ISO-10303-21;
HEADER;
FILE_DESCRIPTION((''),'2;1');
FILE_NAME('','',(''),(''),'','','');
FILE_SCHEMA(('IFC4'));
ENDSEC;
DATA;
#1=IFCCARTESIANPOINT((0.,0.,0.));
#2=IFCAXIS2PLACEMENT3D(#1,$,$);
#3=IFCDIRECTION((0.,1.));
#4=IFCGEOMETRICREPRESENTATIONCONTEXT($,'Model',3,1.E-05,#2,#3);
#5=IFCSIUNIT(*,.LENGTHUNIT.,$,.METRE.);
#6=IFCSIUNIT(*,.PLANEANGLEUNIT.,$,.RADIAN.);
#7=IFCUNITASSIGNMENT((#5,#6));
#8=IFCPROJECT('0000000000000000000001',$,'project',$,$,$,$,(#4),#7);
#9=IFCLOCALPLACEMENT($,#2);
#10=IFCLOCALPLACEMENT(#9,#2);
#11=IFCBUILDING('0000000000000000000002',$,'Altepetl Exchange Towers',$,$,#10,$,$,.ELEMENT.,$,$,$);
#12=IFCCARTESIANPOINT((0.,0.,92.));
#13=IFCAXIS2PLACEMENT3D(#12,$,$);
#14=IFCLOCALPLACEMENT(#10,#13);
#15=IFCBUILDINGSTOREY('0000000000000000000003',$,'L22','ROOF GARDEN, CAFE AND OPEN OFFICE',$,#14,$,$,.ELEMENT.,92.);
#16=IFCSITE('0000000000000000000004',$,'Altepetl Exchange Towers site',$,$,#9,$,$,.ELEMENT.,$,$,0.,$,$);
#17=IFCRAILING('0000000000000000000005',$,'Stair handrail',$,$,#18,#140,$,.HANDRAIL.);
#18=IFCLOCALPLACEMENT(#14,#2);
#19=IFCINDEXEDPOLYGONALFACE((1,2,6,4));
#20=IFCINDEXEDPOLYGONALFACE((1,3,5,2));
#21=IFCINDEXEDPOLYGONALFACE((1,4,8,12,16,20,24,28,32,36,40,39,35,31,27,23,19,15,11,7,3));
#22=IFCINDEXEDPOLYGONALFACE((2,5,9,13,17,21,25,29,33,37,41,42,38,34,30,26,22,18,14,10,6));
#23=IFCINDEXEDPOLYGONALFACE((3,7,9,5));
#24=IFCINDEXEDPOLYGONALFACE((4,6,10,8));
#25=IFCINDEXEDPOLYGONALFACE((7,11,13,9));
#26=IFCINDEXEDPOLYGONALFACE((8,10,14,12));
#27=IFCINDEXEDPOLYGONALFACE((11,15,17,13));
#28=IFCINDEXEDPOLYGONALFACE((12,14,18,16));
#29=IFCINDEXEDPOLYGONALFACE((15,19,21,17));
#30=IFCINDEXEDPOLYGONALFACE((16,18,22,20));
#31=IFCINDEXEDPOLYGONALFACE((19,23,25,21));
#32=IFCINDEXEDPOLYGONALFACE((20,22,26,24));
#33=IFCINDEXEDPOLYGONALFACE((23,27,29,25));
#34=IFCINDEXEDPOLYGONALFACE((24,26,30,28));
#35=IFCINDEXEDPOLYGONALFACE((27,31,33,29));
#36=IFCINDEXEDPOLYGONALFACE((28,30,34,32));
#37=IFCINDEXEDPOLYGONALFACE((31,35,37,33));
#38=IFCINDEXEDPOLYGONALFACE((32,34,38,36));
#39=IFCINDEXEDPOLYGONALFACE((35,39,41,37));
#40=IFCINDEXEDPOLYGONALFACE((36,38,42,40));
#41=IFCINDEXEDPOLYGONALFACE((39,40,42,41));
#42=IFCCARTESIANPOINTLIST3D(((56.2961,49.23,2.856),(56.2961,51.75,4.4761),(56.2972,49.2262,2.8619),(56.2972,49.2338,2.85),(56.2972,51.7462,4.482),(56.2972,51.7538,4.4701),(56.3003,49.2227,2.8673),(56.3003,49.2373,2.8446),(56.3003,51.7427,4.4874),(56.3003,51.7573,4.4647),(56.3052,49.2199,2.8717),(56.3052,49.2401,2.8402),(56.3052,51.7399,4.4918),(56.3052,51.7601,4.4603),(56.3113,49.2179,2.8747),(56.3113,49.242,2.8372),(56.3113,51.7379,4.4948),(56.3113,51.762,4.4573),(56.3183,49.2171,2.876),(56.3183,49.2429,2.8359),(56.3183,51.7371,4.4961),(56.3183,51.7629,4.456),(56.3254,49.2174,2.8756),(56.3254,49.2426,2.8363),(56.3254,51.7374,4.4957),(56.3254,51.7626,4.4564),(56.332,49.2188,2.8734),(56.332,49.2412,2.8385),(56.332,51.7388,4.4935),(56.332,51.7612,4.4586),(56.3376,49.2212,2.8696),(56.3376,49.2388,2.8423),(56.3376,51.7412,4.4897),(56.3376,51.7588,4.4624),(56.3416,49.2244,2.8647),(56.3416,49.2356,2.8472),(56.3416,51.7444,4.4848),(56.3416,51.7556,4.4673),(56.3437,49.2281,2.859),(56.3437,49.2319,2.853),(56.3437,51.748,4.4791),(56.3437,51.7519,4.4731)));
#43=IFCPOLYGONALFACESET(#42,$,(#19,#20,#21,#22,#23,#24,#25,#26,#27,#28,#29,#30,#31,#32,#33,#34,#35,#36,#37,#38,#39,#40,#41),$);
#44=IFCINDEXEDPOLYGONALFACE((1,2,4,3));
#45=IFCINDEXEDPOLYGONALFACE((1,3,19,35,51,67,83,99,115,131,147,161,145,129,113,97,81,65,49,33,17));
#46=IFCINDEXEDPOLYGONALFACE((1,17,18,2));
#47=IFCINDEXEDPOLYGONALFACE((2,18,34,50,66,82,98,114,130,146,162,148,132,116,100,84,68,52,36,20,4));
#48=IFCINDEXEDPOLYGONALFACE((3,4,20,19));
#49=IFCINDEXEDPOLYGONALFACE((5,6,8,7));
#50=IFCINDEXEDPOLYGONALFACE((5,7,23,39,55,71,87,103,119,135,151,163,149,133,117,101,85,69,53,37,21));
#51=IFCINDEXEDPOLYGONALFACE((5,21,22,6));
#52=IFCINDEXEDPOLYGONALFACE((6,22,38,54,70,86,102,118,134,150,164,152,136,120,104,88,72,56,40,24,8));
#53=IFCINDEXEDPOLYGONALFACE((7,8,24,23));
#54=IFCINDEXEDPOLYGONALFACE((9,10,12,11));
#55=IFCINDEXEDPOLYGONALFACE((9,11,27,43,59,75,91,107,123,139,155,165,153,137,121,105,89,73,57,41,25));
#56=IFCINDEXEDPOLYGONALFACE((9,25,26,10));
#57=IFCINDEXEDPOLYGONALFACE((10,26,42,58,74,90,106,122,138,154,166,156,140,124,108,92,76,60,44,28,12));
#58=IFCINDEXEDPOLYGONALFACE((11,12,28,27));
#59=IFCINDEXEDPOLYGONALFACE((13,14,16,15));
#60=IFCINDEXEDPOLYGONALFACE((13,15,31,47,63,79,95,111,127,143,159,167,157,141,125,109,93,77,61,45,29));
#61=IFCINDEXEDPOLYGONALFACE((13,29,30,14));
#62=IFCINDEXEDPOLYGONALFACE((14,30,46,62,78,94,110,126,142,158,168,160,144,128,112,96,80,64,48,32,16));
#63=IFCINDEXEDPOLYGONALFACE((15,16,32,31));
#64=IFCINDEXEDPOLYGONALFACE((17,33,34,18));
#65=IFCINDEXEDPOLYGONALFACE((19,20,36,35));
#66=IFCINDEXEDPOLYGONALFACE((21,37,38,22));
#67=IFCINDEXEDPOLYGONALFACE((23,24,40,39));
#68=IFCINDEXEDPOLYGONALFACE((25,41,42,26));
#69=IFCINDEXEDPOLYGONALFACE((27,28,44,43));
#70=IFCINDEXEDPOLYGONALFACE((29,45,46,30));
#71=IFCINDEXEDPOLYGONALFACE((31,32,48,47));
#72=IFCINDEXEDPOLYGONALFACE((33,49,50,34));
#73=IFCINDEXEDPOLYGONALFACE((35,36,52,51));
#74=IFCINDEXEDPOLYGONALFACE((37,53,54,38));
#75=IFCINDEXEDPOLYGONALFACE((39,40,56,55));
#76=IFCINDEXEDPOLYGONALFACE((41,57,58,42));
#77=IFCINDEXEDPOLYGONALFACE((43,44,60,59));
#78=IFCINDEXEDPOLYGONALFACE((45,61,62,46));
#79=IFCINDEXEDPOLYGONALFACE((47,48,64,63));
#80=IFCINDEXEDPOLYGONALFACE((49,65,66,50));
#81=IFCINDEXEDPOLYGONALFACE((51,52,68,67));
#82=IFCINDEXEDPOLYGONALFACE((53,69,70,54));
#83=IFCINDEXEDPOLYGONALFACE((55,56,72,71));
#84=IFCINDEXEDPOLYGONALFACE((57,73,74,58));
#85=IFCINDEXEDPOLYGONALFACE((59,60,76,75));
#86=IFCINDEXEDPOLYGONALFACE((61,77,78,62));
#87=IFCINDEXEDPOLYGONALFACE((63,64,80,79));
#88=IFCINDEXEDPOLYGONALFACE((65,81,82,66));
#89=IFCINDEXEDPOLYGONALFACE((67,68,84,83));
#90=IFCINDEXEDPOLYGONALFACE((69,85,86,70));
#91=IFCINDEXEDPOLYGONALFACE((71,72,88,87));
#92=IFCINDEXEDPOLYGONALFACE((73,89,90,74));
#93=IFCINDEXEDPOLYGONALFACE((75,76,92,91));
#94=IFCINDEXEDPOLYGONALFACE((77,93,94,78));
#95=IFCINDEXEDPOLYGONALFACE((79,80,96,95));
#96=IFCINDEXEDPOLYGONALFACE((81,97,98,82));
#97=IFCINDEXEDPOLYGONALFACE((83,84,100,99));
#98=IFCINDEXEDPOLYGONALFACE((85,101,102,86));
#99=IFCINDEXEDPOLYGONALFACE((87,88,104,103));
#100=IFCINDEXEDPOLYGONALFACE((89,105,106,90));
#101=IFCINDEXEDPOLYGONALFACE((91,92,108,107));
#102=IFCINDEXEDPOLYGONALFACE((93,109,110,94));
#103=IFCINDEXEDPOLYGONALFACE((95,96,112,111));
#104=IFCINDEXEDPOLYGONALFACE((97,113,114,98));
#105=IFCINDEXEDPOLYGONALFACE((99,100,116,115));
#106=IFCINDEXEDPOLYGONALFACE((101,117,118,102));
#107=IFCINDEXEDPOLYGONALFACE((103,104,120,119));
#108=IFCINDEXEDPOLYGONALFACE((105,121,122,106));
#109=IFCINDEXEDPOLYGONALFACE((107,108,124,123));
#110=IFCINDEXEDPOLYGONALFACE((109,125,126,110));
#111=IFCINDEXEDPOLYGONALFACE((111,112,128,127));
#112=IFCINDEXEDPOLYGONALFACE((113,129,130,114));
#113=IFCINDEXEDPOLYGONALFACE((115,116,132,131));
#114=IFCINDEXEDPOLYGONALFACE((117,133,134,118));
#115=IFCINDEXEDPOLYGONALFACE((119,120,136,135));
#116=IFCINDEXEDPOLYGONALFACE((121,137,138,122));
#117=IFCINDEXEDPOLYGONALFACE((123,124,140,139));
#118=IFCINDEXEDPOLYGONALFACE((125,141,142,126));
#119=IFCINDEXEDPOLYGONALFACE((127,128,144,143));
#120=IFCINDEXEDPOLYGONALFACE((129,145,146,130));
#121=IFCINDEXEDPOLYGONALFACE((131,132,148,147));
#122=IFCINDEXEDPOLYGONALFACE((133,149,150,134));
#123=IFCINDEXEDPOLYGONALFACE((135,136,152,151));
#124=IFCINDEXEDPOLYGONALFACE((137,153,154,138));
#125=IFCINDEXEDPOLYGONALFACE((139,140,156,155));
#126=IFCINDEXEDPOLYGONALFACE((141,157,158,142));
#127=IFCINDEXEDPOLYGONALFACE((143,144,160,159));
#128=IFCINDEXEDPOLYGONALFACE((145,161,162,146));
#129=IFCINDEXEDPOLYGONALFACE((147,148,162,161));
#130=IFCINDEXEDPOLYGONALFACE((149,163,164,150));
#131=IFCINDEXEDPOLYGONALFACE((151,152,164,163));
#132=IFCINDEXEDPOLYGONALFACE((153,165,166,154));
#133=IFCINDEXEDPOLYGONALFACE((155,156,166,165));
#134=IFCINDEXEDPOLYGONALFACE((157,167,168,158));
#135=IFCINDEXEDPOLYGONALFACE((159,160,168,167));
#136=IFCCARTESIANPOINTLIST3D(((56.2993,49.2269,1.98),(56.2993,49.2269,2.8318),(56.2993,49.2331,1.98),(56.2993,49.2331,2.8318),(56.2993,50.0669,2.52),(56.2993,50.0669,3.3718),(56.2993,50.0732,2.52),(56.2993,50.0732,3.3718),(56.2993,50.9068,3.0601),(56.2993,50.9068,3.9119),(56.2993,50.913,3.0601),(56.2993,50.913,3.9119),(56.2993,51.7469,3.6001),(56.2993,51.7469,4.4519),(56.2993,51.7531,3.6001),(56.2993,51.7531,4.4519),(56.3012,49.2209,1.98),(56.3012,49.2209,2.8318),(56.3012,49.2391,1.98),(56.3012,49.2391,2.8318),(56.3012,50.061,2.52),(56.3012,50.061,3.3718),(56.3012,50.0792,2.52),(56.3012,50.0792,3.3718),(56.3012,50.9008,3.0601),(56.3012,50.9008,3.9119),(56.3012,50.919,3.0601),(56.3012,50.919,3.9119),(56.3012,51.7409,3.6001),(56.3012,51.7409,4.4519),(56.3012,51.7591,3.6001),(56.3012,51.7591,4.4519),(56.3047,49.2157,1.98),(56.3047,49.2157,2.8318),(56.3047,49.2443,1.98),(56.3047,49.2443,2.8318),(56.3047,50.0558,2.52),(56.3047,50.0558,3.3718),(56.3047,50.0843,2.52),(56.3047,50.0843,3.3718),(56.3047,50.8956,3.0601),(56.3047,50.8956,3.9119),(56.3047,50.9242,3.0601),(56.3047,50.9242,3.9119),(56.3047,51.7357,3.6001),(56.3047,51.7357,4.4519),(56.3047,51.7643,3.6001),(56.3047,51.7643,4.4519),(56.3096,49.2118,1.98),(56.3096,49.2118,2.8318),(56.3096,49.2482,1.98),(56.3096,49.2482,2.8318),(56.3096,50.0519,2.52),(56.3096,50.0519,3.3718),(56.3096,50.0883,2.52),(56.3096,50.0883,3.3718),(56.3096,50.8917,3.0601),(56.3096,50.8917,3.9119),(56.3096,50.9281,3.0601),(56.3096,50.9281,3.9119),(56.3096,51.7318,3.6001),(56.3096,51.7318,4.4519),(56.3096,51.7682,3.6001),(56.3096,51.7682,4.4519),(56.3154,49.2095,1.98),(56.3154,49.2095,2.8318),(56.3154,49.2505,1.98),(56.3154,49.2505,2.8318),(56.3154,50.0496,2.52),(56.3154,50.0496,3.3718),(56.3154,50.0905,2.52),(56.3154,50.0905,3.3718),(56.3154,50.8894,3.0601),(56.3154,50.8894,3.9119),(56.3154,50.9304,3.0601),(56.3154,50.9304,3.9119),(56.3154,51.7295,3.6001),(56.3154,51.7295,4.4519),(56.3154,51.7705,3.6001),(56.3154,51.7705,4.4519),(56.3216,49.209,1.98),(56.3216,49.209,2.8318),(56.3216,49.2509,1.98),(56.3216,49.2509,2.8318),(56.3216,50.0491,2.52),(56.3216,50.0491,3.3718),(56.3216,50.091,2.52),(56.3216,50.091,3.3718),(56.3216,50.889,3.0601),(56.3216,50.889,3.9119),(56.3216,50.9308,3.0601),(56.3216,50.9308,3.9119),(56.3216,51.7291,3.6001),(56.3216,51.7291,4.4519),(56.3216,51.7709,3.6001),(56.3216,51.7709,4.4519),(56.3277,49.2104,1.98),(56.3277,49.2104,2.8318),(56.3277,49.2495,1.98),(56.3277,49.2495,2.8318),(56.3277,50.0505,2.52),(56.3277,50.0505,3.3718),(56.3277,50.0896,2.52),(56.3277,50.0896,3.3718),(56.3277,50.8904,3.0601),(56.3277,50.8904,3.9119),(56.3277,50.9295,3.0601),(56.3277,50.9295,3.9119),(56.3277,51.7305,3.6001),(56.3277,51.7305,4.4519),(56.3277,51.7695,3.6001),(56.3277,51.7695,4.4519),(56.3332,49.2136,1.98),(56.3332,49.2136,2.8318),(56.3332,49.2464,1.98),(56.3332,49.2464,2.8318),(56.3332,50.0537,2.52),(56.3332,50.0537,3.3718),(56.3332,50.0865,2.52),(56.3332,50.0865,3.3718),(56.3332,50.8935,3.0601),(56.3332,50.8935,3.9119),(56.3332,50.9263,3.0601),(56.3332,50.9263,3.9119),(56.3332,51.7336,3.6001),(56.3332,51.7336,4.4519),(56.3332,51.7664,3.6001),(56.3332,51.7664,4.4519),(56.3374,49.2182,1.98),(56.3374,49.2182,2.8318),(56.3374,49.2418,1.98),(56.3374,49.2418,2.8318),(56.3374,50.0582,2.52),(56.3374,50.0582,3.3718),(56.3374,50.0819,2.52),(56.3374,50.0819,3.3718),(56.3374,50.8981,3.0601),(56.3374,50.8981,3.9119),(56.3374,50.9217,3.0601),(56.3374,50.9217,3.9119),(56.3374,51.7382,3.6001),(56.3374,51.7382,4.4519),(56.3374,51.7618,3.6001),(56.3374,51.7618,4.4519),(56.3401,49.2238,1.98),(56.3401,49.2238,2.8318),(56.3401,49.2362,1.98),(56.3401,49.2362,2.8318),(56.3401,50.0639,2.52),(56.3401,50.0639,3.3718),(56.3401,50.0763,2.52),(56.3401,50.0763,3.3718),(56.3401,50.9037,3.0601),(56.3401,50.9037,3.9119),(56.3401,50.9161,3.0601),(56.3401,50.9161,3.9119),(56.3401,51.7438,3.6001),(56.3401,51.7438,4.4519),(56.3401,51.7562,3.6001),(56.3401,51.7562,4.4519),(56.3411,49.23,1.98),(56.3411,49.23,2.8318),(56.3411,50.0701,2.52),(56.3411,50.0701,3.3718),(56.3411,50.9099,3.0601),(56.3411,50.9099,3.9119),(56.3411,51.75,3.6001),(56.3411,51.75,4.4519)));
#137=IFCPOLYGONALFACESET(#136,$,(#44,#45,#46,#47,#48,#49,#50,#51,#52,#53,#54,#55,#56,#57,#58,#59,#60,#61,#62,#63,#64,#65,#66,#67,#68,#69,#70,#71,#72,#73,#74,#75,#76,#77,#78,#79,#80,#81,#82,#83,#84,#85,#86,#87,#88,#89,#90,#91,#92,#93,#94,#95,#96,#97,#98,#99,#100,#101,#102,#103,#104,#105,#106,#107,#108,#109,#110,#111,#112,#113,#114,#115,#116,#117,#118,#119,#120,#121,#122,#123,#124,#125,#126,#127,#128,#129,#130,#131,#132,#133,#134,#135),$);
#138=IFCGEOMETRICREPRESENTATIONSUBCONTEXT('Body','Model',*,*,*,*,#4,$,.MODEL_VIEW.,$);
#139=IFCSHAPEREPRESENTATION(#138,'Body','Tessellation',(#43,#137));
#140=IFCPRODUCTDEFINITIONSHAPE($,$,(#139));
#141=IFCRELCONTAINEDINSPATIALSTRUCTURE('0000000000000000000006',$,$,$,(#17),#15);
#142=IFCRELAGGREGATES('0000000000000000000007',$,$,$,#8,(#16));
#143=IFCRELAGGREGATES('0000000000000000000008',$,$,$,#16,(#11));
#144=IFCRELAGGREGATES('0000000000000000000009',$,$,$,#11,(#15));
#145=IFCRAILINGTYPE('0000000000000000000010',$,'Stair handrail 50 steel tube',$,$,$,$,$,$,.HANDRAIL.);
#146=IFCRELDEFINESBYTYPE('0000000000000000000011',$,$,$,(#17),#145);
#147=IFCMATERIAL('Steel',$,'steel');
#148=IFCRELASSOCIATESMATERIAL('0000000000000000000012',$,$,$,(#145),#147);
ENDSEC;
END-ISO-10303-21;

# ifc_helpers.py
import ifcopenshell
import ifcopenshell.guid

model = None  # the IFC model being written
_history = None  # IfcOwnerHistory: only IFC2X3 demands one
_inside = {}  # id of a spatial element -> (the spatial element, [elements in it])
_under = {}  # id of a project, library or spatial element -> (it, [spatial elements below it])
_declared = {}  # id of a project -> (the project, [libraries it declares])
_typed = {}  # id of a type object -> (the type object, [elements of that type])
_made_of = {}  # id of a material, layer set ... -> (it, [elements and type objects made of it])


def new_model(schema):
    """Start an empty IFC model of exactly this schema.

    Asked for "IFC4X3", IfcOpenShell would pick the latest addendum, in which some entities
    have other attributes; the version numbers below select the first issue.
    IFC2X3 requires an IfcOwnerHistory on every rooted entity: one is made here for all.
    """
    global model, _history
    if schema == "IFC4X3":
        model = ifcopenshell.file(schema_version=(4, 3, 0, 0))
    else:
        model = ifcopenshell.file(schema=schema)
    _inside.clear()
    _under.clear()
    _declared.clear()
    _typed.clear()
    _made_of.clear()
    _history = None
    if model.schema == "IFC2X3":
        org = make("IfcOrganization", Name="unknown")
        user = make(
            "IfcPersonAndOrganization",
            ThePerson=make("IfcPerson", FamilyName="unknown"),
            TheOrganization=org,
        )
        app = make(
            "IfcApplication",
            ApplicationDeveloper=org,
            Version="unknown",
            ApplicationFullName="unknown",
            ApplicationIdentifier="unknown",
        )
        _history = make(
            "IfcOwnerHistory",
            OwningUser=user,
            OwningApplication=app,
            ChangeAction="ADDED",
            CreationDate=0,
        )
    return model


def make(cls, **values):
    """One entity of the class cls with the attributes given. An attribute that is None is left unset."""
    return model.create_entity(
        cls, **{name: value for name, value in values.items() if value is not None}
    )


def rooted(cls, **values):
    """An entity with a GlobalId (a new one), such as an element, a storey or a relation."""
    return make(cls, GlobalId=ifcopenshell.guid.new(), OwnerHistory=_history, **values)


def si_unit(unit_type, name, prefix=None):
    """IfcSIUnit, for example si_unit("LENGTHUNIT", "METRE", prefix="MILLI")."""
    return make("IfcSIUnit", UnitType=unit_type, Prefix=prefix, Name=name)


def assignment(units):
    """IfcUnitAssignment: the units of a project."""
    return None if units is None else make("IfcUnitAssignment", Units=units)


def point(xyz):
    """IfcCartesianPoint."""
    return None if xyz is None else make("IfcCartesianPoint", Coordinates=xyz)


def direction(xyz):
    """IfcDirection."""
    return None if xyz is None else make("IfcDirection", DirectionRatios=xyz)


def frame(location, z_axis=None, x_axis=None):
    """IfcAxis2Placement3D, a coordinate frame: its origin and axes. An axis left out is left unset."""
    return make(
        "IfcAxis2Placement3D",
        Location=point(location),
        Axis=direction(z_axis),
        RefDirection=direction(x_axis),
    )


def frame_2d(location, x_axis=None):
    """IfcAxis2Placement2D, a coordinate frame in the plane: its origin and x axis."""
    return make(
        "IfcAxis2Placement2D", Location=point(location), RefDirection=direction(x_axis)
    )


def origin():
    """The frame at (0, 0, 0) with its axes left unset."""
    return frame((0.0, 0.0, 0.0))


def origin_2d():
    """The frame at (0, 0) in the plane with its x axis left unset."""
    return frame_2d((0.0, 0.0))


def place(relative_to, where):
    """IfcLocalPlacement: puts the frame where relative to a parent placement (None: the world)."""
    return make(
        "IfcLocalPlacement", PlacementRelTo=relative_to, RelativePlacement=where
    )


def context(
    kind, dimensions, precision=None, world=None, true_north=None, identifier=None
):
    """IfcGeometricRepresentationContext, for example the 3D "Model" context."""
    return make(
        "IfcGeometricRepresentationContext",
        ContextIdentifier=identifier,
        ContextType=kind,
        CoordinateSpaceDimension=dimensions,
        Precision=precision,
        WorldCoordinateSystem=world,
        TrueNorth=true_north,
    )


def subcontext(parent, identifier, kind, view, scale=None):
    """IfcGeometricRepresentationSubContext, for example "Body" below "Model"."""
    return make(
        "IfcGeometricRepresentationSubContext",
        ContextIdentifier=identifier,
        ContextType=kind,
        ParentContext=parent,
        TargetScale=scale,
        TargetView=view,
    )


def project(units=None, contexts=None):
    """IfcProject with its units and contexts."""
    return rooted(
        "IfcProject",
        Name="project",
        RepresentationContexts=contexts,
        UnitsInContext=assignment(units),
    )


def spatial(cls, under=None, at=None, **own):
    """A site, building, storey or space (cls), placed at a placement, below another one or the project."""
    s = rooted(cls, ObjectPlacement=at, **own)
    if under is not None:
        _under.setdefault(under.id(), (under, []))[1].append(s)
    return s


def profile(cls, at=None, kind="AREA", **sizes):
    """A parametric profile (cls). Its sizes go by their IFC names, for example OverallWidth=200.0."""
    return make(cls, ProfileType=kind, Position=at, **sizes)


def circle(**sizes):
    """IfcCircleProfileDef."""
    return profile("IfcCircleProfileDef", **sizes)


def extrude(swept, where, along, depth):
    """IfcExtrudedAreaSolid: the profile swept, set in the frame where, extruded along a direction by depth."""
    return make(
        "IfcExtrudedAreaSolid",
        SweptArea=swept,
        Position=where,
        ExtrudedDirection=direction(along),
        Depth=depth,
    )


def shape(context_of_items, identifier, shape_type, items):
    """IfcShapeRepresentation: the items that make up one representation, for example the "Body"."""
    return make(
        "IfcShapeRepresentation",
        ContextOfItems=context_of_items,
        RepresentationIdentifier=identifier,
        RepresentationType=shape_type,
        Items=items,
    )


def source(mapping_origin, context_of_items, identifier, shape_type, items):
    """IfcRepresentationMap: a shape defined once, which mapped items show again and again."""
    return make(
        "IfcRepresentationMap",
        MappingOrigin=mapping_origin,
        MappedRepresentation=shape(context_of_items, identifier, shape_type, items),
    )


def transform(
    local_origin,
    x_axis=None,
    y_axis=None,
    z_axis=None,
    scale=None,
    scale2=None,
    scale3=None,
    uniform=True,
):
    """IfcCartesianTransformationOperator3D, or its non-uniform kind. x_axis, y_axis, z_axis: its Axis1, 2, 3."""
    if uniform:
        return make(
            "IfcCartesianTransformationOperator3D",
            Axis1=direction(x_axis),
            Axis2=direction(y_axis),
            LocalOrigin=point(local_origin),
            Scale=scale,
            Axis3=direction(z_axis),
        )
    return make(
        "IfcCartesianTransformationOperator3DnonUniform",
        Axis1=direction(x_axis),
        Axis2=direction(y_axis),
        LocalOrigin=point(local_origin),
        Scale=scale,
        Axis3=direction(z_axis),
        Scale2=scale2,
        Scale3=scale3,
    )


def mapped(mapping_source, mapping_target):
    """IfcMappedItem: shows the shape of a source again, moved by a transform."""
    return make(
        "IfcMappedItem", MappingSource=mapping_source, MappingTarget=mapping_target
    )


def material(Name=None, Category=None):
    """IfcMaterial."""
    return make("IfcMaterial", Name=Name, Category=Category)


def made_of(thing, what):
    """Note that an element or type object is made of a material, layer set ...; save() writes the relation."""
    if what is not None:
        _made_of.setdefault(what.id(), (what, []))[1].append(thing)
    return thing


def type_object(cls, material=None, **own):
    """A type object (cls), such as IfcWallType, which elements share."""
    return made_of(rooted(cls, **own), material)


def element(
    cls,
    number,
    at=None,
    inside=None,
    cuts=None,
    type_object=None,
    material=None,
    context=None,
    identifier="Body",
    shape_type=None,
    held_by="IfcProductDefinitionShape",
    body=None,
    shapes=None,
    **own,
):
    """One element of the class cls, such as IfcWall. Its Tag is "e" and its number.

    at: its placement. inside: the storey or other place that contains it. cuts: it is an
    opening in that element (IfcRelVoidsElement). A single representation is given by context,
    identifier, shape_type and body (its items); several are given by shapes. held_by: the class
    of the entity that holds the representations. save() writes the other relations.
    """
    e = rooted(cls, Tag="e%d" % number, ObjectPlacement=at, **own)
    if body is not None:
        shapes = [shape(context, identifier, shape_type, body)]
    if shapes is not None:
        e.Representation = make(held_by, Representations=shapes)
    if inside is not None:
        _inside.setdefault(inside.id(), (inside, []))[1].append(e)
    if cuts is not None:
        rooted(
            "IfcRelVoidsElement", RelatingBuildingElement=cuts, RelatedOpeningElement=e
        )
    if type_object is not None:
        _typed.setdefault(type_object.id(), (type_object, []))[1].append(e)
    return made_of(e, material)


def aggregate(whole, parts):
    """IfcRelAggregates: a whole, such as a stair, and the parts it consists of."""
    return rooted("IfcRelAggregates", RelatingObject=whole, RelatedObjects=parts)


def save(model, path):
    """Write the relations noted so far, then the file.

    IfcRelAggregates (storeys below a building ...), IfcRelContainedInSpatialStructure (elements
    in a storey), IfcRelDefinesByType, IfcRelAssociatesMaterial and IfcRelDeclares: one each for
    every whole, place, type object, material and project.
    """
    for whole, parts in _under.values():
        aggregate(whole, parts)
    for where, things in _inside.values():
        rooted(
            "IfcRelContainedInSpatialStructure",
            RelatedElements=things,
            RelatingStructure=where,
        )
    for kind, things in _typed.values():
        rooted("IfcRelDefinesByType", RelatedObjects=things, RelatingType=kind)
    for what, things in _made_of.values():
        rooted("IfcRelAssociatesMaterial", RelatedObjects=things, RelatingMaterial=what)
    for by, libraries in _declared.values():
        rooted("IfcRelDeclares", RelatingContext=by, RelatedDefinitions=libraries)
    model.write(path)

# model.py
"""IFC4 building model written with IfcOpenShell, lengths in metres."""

from ifc_helpers import new_model, si_unit, direction, frame, origin, origin_2d, place, context, subcontext, project, spatial, circle, extrude, source, transform, mapped, material, type_object, element, save


model = new_model("IFC4")

# Units and contexts
model_context = context("Model", 3, precision=1e-05, world=origin(), true_north=direction((0.0, 1.0)))
body_context = subcontext(model_context, "Body", "Model", "MODEL_VIEW")
ifc_project = project(units=[si_unit("LENGTHUNIT", "METRE"), si_unit("PLANEANGLEUNIT", "RADIAN")], contexts=[model_context])

# Site, building, storey
site_placement = place(None, origin())
site = spatial("IfcSite", under=ifc_project, at=site_placement, Name="Altepetl Exchange Towers site", CompositionType="ELEMENT", RefElevation=0.0)
building_placement = place(site_placement, origin())
building = spatial("IfcBuilding", under=site, at=building_placement, Name="Altepetl Exchange Towers", CompositionType="ELEMENT")
storey_placement = place(building_placement, frame((0.0, 0.0, 92.0)))
storey = spatial("IfcBuildingStorey", under=building, at=storey_placement, Name="L22", Description="ROOF GARDEN, CAFE AND OPEN OFFICE", CompositionType="ELEMENT", Elevation=92.0)

# Railing
ifc_material_1 = material(Name="Steel", Category="steel")
railing_type = type_object("IfcRailingType", Name="Stair handrail 50 steel tube", PredefinedType="HANDRAIL", material=ifc_material_1)
shared_shape = source(origin(), body_context, "Body", "SweptSolid", [
    extrude(circle(Radius=0.021, at=origin_2d()), origin(), (0.0, 0.0, 1.0), 0.8518),
])
railing_1_placement = place(storey_placement, frame((56.3201, 49.23, 1.98)))
element("IfcRailing", 1, at=railing_1_placement, inside=storey, type_object=railing_type, Name="Stair handrail", PredefinedType="HANDRAIL", context=body_context, shape_type="SweptSolid", body=[
    extrude(circle(Radius=0.0239, at=origin_2d()), frame((0.0, 0.0, 0.876), z_axis=(0.0, 0.841163, 0.540782), x_axis=(-1.0, 0.0, 0.0)), (0.0, 0.0, 1.0), 2.9958),
    mapped(shared_shape, transform((0.0, 0.0, 0.0))),
    mapped(shared_shape, transform((0.0, 0.8401, 0.54))),
    mapped(shared_shape, transform((0.0, 1.6799, 1.0801))),
    mapped(shared_shape, transform((0.0, 2.52, 1.6201))),
])

save(model, "model.ifc")
